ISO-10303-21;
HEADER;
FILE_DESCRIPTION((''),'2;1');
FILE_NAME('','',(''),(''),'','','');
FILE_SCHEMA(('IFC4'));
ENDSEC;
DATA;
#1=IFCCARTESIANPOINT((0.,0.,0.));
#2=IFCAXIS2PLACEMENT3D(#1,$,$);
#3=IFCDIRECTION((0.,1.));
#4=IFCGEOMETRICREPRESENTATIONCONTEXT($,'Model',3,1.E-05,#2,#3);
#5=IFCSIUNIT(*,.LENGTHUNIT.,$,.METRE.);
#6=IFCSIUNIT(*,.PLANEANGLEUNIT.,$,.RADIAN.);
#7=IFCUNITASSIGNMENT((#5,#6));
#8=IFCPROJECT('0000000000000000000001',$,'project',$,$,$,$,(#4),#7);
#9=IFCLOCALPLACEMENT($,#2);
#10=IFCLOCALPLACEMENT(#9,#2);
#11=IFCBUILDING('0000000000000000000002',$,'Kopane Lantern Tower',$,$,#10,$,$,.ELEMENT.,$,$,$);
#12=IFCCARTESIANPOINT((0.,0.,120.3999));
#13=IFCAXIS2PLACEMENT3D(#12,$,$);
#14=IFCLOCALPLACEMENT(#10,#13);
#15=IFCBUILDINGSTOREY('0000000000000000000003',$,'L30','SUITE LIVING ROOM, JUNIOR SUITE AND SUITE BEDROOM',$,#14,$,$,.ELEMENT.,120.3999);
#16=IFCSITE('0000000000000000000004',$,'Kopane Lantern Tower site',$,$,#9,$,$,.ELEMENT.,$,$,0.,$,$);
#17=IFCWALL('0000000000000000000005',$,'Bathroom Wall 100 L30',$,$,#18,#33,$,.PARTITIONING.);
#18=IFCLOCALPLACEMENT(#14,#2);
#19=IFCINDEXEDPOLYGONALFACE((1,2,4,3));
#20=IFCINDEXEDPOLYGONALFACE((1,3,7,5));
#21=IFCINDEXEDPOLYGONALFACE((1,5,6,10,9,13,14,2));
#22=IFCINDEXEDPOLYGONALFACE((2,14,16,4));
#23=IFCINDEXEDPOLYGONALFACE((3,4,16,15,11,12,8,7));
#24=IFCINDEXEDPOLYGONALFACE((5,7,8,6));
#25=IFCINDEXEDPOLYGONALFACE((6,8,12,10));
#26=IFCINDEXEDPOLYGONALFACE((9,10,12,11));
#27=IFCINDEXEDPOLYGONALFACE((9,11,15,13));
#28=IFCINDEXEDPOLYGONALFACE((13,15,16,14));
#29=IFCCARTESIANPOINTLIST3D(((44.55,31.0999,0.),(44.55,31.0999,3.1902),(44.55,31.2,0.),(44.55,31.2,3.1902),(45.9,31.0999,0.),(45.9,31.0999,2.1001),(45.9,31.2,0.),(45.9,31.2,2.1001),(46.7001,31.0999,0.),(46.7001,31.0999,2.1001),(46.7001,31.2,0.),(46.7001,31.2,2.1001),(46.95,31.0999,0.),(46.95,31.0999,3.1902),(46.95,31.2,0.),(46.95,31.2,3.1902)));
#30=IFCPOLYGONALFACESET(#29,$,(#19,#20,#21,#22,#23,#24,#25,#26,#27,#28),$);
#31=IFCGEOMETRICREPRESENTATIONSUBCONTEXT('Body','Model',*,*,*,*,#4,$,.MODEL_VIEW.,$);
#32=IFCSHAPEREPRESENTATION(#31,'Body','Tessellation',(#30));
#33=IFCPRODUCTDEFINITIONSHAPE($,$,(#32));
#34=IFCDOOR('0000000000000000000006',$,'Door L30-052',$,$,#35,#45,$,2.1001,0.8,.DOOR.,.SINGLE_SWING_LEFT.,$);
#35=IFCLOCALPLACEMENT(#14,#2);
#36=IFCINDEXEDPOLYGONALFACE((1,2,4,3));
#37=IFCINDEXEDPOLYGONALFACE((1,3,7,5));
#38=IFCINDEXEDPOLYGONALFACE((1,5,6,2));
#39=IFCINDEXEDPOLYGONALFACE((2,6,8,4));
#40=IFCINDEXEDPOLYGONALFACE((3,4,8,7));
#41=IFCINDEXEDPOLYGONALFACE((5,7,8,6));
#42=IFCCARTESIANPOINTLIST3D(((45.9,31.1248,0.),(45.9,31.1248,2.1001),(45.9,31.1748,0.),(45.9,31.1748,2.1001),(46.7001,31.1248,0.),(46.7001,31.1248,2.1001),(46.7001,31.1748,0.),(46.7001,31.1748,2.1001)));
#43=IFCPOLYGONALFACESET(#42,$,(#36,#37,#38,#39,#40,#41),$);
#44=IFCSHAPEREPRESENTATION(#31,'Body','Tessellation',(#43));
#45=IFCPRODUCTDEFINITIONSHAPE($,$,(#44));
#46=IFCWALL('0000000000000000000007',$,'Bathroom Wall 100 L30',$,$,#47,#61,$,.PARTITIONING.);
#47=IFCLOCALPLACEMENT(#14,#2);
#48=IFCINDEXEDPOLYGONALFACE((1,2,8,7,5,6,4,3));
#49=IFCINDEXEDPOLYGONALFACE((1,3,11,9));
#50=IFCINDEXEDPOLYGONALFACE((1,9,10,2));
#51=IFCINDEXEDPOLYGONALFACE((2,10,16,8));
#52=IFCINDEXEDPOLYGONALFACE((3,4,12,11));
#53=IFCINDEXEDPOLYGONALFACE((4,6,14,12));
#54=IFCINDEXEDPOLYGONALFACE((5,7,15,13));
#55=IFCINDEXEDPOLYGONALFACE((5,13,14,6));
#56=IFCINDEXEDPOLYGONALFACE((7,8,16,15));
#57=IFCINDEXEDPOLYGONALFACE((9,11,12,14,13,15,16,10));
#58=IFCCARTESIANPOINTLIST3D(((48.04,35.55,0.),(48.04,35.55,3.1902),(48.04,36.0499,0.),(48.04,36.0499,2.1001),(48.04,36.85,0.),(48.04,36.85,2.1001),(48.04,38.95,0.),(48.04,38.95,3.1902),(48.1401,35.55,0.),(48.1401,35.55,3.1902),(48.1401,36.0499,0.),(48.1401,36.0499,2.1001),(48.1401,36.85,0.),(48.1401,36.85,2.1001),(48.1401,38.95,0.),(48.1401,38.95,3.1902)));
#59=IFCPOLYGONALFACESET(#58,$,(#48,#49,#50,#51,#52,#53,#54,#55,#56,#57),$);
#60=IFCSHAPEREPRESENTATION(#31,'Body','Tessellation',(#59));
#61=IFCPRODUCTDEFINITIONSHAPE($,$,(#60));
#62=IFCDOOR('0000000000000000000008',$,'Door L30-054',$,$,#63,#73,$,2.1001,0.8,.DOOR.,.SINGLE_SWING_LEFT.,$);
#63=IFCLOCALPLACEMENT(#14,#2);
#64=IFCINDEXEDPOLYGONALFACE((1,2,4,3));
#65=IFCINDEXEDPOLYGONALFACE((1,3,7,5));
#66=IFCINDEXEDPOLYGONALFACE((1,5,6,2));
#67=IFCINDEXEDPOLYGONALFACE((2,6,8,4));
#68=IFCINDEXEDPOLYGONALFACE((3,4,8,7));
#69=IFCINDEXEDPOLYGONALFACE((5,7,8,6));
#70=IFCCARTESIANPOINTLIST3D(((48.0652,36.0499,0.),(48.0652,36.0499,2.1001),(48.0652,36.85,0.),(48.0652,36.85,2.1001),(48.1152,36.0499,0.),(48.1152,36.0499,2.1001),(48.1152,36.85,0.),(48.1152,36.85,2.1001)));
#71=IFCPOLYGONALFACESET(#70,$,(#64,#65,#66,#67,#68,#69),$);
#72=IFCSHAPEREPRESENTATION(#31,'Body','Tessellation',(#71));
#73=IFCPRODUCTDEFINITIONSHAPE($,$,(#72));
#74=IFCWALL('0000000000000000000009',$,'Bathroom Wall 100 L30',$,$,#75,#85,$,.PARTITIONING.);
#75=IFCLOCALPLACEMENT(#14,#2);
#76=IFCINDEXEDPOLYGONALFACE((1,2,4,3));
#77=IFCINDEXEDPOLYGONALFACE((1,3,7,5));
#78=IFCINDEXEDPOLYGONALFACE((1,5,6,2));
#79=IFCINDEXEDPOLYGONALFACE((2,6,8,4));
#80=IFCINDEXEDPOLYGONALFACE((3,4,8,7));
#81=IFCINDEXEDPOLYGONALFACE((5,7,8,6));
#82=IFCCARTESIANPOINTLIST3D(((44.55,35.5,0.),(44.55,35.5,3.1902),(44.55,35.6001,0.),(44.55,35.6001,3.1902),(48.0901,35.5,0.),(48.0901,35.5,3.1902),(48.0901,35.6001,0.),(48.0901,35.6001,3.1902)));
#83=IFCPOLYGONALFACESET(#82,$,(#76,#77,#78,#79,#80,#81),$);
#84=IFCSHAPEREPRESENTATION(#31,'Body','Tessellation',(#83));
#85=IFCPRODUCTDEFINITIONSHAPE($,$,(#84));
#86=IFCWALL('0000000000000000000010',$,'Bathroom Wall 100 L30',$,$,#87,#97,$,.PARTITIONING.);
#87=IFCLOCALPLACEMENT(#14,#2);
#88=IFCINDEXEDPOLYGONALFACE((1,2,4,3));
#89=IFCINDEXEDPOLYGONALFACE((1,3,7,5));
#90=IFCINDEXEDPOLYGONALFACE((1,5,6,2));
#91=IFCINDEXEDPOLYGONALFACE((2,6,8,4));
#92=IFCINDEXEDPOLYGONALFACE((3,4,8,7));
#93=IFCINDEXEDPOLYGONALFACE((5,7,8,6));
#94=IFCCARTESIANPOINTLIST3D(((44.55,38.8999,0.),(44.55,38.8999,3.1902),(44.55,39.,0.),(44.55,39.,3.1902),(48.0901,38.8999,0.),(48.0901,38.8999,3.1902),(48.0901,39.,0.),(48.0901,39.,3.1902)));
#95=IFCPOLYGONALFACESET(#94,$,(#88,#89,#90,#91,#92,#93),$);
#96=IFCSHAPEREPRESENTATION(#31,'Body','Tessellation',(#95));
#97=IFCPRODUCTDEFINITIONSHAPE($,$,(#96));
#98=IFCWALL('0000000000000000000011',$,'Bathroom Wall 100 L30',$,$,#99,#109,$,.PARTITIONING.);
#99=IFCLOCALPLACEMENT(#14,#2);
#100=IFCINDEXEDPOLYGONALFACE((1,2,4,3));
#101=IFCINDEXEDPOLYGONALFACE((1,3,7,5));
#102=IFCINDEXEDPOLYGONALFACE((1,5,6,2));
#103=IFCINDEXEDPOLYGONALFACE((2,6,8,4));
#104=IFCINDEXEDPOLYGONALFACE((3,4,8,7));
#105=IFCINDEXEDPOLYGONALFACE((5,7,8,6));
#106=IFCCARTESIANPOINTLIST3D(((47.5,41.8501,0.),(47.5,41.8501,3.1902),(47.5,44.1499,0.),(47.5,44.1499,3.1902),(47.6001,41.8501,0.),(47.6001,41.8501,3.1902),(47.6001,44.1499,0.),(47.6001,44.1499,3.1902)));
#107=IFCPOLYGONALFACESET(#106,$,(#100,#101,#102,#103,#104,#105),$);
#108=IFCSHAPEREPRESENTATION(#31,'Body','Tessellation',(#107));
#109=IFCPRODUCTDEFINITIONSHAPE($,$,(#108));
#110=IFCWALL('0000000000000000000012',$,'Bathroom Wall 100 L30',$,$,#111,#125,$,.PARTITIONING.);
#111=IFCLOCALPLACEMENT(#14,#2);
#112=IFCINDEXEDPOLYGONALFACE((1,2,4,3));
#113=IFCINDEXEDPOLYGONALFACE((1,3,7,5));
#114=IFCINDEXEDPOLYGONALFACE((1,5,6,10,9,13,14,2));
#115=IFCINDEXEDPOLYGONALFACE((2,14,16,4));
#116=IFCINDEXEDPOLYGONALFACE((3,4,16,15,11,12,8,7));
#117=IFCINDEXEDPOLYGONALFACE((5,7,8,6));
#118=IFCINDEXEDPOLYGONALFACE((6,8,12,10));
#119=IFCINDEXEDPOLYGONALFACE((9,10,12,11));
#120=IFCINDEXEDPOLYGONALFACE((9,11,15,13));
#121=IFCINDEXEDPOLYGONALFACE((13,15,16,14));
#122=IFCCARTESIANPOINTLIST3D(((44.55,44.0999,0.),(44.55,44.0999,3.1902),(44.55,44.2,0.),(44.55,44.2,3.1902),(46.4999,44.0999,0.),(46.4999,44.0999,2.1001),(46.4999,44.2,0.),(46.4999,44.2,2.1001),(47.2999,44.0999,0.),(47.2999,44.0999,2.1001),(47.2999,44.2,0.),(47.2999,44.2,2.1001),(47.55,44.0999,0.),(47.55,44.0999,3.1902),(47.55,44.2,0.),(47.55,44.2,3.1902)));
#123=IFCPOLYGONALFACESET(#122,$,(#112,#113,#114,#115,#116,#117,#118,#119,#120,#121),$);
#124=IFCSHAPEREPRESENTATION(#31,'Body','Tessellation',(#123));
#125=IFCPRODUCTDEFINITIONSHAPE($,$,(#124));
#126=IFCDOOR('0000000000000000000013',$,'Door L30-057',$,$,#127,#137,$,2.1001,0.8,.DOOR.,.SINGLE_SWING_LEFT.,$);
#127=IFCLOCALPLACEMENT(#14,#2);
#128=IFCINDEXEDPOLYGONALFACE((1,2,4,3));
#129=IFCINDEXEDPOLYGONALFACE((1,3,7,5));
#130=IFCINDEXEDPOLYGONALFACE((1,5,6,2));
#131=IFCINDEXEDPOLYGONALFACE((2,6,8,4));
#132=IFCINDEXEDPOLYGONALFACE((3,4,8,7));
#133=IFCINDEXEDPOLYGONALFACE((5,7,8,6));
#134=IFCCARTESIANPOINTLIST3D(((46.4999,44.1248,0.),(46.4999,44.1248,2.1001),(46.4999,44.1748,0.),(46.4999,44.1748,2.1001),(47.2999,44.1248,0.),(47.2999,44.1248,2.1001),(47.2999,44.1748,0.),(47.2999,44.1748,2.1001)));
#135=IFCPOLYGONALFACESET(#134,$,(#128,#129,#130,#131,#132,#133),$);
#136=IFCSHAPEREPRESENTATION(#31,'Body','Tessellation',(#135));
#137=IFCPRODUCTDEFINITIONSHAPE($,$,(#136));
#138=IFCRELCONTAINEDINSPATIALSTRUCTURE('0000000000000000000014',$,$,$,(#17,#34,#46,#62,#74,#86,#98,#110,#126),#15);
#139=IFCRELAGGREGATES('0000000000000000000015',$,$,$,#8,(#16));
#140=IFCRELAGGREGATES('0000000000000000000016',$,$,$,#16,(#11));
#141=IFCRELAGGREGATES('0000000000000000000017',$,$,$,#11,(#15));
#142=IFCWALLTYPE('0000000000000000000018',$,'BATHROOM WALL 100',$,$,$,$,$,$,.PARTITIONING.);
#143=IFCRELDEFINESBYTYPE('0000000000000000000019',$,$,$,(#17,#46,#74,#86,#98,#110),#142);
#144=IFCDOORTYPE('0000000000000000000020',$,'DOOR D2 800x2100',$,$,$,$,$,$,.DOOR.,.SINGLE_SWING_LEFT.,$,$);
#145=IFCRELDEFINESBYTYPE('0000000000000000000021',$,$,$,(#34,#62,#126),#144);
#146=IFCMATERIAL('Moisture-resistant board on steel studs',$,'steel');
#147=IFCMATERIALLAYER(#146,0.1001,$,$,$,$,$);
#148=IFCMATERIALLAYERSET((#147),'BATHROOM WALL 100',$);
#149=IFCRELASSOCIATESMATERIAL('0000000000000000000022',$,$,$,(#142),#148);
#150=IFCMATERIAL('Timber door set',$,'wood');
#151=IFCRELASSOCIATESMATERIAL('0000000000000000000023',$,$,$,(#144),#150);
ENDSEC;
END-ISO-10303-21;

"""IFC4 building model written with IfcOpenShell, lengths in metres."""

from ifc_helpers import new_model, si_unit, direction, frame, frame_2d, origin, place, context, subcontext, project, spatial, rectangle, extrude, material, layer, layer_set, type_object, element, fill, save


model = new_model("IFC4")

# Units and contexts
model_context = context("Model", 3, precision=1e-05, world=origin(), true_north=direction((0.0, 1.0)))
body_context = subcontext(model_context, "Body", "Model", "MODEL_VIEW")
ifc_project = project(units=[si_unit("LENGTHUNIT", "METRE"), si_unit("PLANEANGLEUNIT", "RADIAN")], contexts=[model_context])

# Site, building, storey
site_placement = place(None, origin())
site = spatial("IfcSite", under=ifc_project, at=site_placement, Name="Kopane Lantern Tower site", CompositionType="ELEMENT", RefElevation=0.0)
building_placement = place(site_placement, origin())
building = spatial("IfcBuilding", under=site, at=building_placement, Name="Kopane Lantern Tower", CompositionType="ELEMENT")
storey_placement = place(building_placement, frame((0.0, 0.0, 120.3999)))
storey = spatial("IfcBuildingStorey", under=building, at=storey_placement, Name="L30", Description="SUITE LIVING ROOM, JUNIOR SUITE AND SUITE BEDROOM", CompositionType="ELEMENT", Elevation=120.3999)

# Walls, openings, doors
ifc_material_1 = material(Name="Moisture-resistant board on steel studs", Category="steel")
ifc_layer_1 = layer(ifc_material_1, 0.1001)
ifc_layer_set_1 = layer_set([ifc_layer_1], Name="BATHROOM WALL 100")
wall_type_1 = type_object("IfcWallType", Name="BATHROOM WALL 100", PredefinedType="PARTITIONING", material=ifc_layer_set_1)
ifc_material_2 = material(Name="Timber door set", Category="wood")
door_type_1 = type_object("IfcDoorType", Name="DOOR D2 800x2100", OperationType="SINGLE_SWING_LEFT", PredefinedType="DOOR", material=ifc_material_2)
wall_1_placement = place(storey_placement, frame((44.55, 31.1499, 0.0), z_axis=(0.0, 0.0, 1.0), x_axis=(1.0, 0.0, 0.0)))
wall_1 = element("IfcWall", 1, at=wall_1_placement, inside=storey, type_object=wall_type_1, Name="Bathroom Wall 100 L30", PredefinedType="PARTITIONING", context=body_context, shape_type="SweptSolid", body=[
    extrude(rectangle(XDim=2.3999, YDim=0.1001, at=frame_2d((1.2, 0.0))), origin(), (0.0, 0.0, 1.0), 3.1902),
])
opening_1_placement = place(wall_1_placement, frame((1.3501, 0.0, 0.0)))
opening_1 = element("IfcOpeningElement", 2, at=opening_1_placement, cuts=wall_1, PredefinedType="OPENING", context=body_context, shape_type="SweptSolid", body=[
    extrude(rectangle(XDim=0.8, YDim=2.1001, at=frame_2d((0.3999, 1.05))), frame((0.0, 0.0601, 0.0), z_axis=(0.0, -1.0, 0.0), x_axis=(1.0, 0.0, 0.0)), (0.0, 0.0, 1.0), 0.1201),
])
door_1_placement = place(opening_1_placement, origin())
door_1 = element("IfcDoor", 3, at=door_1_placement, inside=storey, type_object=door_type_1, Name="Door L30-052", OperationType="SINGLE_SWING_LEFT", OverallHeight=2.1001, OverallWidth=0.8, PredefinedType="DOOR", context=body_context, shape_type="SweptSolid", body=[
    extrude(rectangle(XDim=0.8, YDim=2.1001, at=frame_2d((0.3999, 1.05))), frame((0.0, 0.0249, 0.0), z_axis=(0.0, -1.0, 0.0), x_axis=(1.0, 0.0, 0.0)), (0.0, 0.0, 1.0), 0.05),
])
fill(opening_1, door_1)
wall_2_placement = place(storey_placement, frame((48.0901, 35.55, 0.0), z_axis=(0.0, 0.0, 1.0), x_axis=(0.0, 1.0, 0.0)))
wall_2 = element("IfcWall", 4, at=wall_2_placement, inside=storey, type_object=wall_type_1, Name="Bathroom Wall 100 L30", PredefinedType="PARTITIONING", context=body_context, shape_type="SweptSolid", body=[
    extrude(rectangle(XDim=3.3999, YDim=0.1001, at=frame_2d((1.7, 0.0))), origin(), (0.0, 0.0, 1.0), 3.1902),
])
opening_2_placement = place(wall_2_placement, frame((0.5, 0.0, 0.0)))
opening_2 = element("IfcOpeningElement", 5, at=opening_2_placement, cuts=wall_2, PredefinedType="OPENING", context=body_context, shape_type="SweptSolid", body=[
    extrude(rectangle(XDim=0.8, YDim=2.1001, at=frame_2d((0.3999, 1.05))), frame((0.0, 0.0601, 0.0), z_axis=(0.0, -1.0, 0.0), x_axis=(1.0, 0.0, 0.0)), (0.0, 0.0, 1.0), 0.1201),
])
door_2_placement = place(opening_2_placement, origin())
door_2 = element("IfcDoor", 6, at=door_2_placement, inside=storey, type_object=door_type_1, Name="Door L30-054", OperationType="SINGLE_SWING_LEFT", OverallHeight=2.1001, OverallWidth=0.8, PredefinedType="DOOR", context=body_context, shape_type="SweptSolid", body=[
    extrude(rectangle(XDim=0.8, YDim=2.1001, at=frame_2d((0.3999, 1.05))), frame((0.0, 0.0249, 0.0), z_axis=(0.0, -1.0, 0.0), x_axis=(1.0, 0.0, 0.0)), (0.0, 0.0, 1.0), 0.05),
])
fill(opening_2, door_2)

# Walls
for number, where, z_axis, x_axis, name in (
    (7, (44.55, 35.55, 0.0), (0.0, 0.0, 1.0), (1.0, 0.0, 0.0), "Bathroom Wall 100 L30"),
    (8, (44.55, 38.95, 0.0), (0.0, 0.0, 1.0), (1.0, 0.0, 0.0), "Bathroom Wall 100 L30"),
):
    element("IfcWall", number, at=place(storey_placement, frame(where, z_axis=z_axis, x_axis=x_axis)), inside=storey, type_object=wall_type_1, Name=name, PredefinedType="PARTITIONING", context=body_context, shape_type="SweptSolid", body=[
        extrude(rectangle(XDim=3.54, YDim=0.1001, at=frame_2d((1.77, 0.0))), origin(), (0.0, 0.0, 1.0), 3.1902),
    ])
wall_3_placement = place(storey_placement, frame((47.55, 41.8501, 0.0), z_axis=(0.0, 0.0, 1.0), x_axis=(0.0, 1.0, 0.0)))
element("IfcWall", 9, at=wall_3_placement, inside=storey, type_object=wall_type_1, Name="Bathroom Wall 100 L30", PredefinedType="PARTITIONING", context=body_context, shape_type="SweptSolid", body=[
    extrude(rectangle(XDim=2.2998, YDim=0.1001, at=frame_2d((1.1499, 0.0))), origin(), (0.0, 0.0, 1.0), 3.1902),
])

# Wall, opening, door
wall_4_placement = place(storey_placement, frame((44.55, 44.1499, 0.0), z_axis=(0.0, 0.0, 1.0), x_axis=(1.0, 0.0, 0.0)))
wall_4 = element("IfcWall", 10, at=wall_4_placement, inside=storey, type_object=wall_type_1, Name="Bathroom Wall 100 L30", PredefinedType="PARTITIONING", context=body_context, shape_type="SweptSolid", body=[
    extrude(rectangle(XDim=3.0, YDim=0.1001, at=frame_2d((1.5, 0.0))), origin(), (0.0, 0.0, 1.0), 3.1902),
])
opening_3_placement = place(wall_4_placement, frame((1.95, 0.0, 0.0)))
opening_3 = element("IfcOpeningElement", 11, at=opening_3_placement, cuts=wall_4, PredefinedType="OPENING", context=body_context, shape_type="SweptSolid", body=[
    extrude(rectangle(XDim=0.8, YDim=2.1001, at=frame_2d((0.3999, 1.05))), frame((0.0, 0.0601, 0.0), z_axis=(0.0, -1.0, 0.0), x_axis=(1.0, 0.0, 0.0)), (0.0, 0.0, 1.0), 0.1201),
])
door_3_placement = place(opening_3_placement, origin())
door_3 = element("IfcDoor", 12, at=door_3_placement, inside=storey, type_object=door_type_1, Name="Door L30-057", OperationType="SINGLE_SWING_LEFT", OverallHeight=2.1001, OverallWidth=0.8, PredefinedType="DOOR", context=body_context, shape_type="SweptSolid", body=[
    extrude(rectangle(XDim=0.8, YDim=2.1001, at=frame_2d((0.3999, 1.05))), frame((0.0, 0.0249, 0.0), z_axis=(0.0, -1.0, 0.0), x_axis=(1.0, 0.0, 0.0)), (0.0, 0.0, 1.0), 0.05),
])
fill(opening_3, door_3)

save(model, "model.ifc")
